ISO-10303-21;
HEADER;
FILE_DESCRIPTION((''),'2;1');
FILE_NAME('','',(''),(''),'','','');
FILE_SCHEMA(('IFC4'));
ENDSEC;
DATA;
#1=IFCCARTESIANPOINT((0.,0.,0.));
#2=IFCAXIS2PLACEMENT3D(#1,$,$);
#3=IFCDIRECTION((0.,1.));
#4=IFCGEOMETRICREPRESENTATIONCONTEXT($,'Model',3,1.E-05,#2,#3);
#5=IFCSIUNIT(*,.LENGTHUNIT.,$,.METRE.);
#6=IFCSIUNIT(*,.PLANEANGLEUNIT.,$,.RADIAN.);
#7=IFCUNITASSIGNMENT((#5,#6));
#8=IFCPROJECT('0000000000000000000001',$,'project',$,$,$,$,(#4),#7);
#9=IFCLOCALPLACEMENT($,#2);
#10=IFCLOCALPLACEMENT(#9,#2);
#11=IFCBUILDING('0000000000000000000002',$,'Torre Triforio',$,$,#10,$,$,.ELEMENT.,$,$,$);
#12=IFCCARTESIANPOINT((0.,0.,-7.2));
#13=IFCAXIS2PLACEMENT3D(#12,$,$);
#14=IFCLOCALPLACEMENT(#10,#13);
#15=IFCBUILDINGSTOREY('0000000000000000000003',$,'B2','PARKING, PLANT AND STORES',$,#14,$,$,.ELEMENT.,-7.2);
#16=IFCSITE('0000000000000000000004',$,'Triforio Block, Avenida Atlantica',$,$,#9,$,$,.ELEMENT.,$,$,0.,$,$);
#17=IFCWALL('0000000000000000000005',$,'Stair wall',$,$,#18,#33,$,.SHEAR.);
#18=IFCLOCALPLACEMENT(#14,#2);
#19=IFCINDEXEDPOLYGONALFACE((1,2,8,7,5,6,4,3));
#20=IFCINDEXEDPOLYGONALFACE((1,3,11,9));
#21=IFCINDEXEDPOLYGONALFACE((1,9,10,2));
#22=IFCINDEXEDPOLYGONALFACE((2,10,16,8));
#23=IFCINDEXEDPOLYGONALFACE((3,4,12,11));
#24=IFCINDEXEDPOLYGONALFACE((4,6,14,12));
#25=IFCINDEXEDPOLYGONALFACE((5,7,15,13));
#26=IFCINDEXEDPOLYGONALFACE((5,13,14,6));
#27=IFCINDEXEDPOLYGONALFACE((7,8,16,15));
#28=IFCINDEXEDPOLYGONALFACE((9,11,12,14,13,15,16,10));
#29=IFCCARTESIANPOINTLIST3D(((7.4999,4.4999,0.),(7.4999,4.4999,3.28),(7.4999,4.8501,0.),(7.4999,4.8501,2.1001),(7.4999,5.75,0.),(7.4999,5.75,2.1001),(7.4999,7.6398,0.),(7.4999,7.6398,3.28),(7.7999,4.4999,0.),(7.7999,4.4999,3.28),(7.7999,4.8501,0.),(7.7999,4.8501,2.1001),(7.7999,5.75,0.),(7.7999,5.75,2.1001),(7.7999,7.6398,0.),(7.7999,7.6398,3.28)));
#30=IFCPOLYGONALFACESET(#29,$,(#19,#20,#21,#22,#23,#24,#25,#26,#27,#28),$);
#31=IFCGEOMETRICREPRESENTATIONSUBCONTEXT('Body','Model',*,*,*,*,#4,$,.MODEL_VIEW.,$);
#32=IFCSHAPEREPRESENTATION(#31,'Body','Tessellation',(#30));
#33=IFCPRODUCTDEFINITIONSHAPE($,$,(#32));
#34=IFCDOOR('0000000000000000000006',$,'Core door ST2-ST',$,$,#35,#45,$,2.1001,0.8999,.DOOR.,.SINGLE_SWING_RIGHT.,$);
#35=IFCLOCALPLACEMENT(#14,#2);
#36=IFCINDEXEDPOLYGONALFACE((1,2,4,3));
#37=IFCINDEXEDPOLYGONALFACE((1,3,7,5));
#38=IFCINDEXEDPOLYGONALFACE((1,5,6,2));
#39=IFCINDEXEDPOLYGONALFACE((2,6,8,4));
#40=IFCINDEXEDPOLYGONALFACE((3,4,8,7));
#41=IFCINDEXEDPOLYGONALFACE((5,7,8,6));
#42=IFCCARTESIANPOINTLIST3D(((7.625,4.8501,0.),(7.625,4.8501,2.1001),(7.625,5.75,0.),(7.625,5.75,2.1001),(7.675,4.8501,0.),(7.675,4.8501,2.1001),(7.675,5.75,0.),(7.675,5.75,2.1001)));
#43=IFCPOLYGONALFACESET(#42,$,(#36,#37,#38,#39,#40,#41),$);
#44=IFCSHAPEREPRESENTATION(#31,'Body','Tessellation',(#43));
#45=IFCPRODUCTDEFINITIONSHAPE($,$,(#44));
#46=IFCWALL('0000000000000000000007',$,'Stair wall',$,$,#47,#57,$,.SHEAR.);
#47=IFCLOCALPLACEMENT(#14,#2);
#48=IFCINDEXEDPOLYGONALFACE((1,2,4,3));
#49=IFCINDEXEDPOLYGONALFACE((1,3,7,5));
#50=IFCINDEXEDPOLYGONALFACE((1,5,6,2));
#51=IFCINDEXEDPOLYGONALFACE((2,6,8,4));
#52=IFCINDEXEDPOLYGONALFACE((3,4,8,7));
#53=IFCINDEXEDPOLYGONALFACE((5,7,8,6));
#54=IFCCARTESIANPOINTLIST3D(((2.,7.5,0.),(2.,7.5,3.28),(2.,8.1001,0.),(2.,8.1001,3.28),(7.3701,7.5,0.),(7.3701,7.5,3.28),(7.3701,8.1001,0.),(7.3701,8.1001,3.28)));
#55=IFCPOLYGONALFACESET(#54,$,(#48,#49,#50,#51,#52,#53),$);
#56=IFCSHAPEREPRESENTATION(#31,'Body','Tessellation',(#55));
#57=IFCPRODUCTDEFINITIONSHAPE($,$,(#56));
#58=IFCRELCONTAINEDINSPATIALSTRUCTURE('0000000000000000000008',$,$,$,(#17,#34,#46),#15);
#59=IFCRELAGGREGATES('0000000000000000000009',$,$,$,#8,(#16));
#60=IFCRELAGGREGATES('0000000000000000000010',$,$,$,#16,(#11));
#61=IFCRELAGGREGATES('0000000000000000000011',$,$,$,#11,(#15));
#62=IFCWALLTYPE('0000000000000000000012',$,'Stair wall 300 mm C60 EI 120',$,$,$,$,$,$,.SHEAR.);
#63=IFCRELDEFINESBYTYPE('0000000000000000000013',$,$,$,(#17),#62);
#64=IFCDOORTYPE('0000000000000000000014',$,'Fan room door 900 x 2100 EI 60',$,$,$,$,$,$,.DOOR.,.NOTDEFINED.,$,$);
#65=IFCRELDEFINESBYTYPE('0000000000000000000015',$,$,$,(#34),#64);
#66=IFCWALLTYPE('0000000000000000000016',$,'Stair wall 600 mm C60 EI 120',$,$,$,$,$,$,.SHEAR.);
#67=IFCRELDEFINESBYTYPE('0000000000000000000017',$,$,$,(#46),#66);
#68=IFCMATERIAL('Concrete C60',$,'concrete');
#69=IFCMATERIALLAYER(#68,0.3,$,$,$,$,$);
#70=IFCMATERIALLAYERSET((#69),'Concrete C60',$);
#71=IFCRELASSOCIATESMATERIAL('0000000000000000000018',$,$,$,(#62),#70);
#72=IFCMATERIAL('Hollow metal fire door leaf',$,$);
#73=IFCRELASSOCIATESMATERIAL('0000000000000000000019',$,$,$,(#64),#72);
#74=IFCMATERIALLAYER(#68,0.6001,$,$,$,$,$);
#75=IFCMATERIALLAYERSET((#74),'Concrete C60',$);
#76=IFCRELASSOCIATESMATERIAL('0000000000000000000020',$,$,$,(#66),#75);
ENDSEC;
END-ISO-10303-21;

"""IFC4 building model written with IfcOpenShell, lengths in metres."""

from ifc_helpers import new_model, si_unit, direction, frame, frame_2d, origin, place, context, subcontext, project, spatial, rectangle, extrude, material, layer, layer_set, type_object, element, fill, save


model = new_model("IFC4")

# Units and contexts
model_context = context("Model", 3, precision=1e-05, world=origin(), true_north=direction((0.0, 1.0)))
body_context = subcontext(model_context, "Body", "Model", "MODEL_VIEW")
ifc_project = project(units=[si_unit("LENGTHUNIT", "METRE"), si_unit("PLANEANGLEUNIT", "RADIAN")], contexts=[model_context])

# Site, building, storey
site_placement = place(None, origin())
site = spatial("IfcSite", under=ifc_project, at=site_placement, Name="Triforio Block, Avenida Atlantica", CompositionType="ELEMENT", RefElevation=0.0)
building_placement = place(site_placement, origin())
building = spatial("IfcBuilding", under=site, at=building_placement, Name="Torre Triforio", CompositionType="ELEMENT")
storey_placement = place(building_placement, frame((0.0, 0.0, -7.2)))
storey = spatial("IfcBuildingStorey", under=building, at=storey_placement, Name="B2", Description="PARKING, PLANT AND STORES", CompositionType="ELEMENT", Elevation=-7.2)

# Shared definitions
ifc_material_1 = material(Name="Concrete C60", Category="concrete")

# Shared definitions
ifc_material_2 = material(Name="Hollow metal fire door leaf")

# Wall, opening, door
ifc_layer_1 = layer(ifc_material_1, 0.3)
ifc_layer_set_1 = layer_set([ifc_layer_1], Name="Concrete C60")
wall_type_1 = type_object("IfcWallType", Name="Stair wall 300 mm C60 EI 120", PredefinedType="SHEAR", material=ifc_layer_set_1)
wall_1_placement = place(storey_placement, frame((7.6499, 4.5, 0.0), z_axis=(0.0, 0.0, 1.0), x_axis=(0.0, 1.0, 0.0)))
wall_1 = element("IfcWall", 1, at=wall_1_placement, inside=storey, type_object=wall_type_1, Name="Stair wall", PredefinedType="SHEAR", context=body_context, shape_type="SweptSolid", body=[
    extrude(rectangle(XDim=3.1399, YDim=0.3, at=frame_2d((1.5698, 0.0))), origin(), (0.0, 0.0, 1.0), 3.28),
])
opening_1_placement = place(wall_1_placement, frame((0.3501, 0.0, 0.0)))
opening_1 = element("IfcOpeningElement", 2, at=opening_1_placement, cuts=wall_1, PredefinedType="OPENING", context=body_context, shape_type="SweptSolid", body=[
    extrude(rectangle(XDim=0.8999, YDim=2.1001, at=frame_2d((0.45, 1.05))), frame((0.0, 0.1599, 0.0), z_axis=(0.0, -1.0, 0.0), x_axis=(1.0, 0.0, 0.0)), (0.0, 0.0, 1.0), 0.3201),
])
door_type_1 = type_object("IfcDoorType", Name="Fan room door 900 x 2100 EI 60", OperationType="NOTDEFINED", PredefinedType="DOOR", material=ifc_material_2)
door_1_placement = place(opening_1_placement, origin())
door_1 = element("IfcDoor", 3, at=door_1_placement, inside=storey, type_object=door_type_1, Name="Core door ST2-ST", OperationType="SINGLE_SWING_RIGHT", OverallHeight=2.1001, OverallWidth=0.8999, PredefinedType="DOOR", context=body_context, shape_type="SweptSolid", body=[
    extrude(rectangle(XDim=0.8999, YDim=2.1001, at=frame_2d((0.45, 1.05))), frame((0.0, 0.0249, 0.0), z_axis=(0.0, -1.0, 0.0), x_axis=(1.0, 0.0, 0.0)), (0.0, 0.0, 1.0), 0.05),
])
fill(opening_1, door_1)

# Wall
ifc_layer_2 = layer(ifc_material_1, 0.6001)
ifc_layer_set_2 = layer_set([ifc_layer_2], Name="Concrete C60")
wall_type_2 = type_object("IfcWallType", Name="Stair wall 600 mm C60 EI 120", PredefinedType="SHEAR", material=ifc_layer_set_2)
wall_2_placement = place(storey_placement, frame((2.0, 7.8, 0.0), z_axis=(0.0, 0.0, 1.0), x_axis=(1.0, 0.0, 0.0)))
element("IfcWall", 4, at=wall_2_placement, inside=storey, type_object=wall_type_2, Name="Stair wall", PredefinedType="SHEAR", context=body_context, shape_type="SweptSolid", body=[
    extrude(rectangle(XDim=5.3701, YDim=0.6001, at=frame_2d((2.6851, 0.0))), origin(), (0.0, 0.0, 1.0), 3.28),
])

save(model, "model.ifc")
